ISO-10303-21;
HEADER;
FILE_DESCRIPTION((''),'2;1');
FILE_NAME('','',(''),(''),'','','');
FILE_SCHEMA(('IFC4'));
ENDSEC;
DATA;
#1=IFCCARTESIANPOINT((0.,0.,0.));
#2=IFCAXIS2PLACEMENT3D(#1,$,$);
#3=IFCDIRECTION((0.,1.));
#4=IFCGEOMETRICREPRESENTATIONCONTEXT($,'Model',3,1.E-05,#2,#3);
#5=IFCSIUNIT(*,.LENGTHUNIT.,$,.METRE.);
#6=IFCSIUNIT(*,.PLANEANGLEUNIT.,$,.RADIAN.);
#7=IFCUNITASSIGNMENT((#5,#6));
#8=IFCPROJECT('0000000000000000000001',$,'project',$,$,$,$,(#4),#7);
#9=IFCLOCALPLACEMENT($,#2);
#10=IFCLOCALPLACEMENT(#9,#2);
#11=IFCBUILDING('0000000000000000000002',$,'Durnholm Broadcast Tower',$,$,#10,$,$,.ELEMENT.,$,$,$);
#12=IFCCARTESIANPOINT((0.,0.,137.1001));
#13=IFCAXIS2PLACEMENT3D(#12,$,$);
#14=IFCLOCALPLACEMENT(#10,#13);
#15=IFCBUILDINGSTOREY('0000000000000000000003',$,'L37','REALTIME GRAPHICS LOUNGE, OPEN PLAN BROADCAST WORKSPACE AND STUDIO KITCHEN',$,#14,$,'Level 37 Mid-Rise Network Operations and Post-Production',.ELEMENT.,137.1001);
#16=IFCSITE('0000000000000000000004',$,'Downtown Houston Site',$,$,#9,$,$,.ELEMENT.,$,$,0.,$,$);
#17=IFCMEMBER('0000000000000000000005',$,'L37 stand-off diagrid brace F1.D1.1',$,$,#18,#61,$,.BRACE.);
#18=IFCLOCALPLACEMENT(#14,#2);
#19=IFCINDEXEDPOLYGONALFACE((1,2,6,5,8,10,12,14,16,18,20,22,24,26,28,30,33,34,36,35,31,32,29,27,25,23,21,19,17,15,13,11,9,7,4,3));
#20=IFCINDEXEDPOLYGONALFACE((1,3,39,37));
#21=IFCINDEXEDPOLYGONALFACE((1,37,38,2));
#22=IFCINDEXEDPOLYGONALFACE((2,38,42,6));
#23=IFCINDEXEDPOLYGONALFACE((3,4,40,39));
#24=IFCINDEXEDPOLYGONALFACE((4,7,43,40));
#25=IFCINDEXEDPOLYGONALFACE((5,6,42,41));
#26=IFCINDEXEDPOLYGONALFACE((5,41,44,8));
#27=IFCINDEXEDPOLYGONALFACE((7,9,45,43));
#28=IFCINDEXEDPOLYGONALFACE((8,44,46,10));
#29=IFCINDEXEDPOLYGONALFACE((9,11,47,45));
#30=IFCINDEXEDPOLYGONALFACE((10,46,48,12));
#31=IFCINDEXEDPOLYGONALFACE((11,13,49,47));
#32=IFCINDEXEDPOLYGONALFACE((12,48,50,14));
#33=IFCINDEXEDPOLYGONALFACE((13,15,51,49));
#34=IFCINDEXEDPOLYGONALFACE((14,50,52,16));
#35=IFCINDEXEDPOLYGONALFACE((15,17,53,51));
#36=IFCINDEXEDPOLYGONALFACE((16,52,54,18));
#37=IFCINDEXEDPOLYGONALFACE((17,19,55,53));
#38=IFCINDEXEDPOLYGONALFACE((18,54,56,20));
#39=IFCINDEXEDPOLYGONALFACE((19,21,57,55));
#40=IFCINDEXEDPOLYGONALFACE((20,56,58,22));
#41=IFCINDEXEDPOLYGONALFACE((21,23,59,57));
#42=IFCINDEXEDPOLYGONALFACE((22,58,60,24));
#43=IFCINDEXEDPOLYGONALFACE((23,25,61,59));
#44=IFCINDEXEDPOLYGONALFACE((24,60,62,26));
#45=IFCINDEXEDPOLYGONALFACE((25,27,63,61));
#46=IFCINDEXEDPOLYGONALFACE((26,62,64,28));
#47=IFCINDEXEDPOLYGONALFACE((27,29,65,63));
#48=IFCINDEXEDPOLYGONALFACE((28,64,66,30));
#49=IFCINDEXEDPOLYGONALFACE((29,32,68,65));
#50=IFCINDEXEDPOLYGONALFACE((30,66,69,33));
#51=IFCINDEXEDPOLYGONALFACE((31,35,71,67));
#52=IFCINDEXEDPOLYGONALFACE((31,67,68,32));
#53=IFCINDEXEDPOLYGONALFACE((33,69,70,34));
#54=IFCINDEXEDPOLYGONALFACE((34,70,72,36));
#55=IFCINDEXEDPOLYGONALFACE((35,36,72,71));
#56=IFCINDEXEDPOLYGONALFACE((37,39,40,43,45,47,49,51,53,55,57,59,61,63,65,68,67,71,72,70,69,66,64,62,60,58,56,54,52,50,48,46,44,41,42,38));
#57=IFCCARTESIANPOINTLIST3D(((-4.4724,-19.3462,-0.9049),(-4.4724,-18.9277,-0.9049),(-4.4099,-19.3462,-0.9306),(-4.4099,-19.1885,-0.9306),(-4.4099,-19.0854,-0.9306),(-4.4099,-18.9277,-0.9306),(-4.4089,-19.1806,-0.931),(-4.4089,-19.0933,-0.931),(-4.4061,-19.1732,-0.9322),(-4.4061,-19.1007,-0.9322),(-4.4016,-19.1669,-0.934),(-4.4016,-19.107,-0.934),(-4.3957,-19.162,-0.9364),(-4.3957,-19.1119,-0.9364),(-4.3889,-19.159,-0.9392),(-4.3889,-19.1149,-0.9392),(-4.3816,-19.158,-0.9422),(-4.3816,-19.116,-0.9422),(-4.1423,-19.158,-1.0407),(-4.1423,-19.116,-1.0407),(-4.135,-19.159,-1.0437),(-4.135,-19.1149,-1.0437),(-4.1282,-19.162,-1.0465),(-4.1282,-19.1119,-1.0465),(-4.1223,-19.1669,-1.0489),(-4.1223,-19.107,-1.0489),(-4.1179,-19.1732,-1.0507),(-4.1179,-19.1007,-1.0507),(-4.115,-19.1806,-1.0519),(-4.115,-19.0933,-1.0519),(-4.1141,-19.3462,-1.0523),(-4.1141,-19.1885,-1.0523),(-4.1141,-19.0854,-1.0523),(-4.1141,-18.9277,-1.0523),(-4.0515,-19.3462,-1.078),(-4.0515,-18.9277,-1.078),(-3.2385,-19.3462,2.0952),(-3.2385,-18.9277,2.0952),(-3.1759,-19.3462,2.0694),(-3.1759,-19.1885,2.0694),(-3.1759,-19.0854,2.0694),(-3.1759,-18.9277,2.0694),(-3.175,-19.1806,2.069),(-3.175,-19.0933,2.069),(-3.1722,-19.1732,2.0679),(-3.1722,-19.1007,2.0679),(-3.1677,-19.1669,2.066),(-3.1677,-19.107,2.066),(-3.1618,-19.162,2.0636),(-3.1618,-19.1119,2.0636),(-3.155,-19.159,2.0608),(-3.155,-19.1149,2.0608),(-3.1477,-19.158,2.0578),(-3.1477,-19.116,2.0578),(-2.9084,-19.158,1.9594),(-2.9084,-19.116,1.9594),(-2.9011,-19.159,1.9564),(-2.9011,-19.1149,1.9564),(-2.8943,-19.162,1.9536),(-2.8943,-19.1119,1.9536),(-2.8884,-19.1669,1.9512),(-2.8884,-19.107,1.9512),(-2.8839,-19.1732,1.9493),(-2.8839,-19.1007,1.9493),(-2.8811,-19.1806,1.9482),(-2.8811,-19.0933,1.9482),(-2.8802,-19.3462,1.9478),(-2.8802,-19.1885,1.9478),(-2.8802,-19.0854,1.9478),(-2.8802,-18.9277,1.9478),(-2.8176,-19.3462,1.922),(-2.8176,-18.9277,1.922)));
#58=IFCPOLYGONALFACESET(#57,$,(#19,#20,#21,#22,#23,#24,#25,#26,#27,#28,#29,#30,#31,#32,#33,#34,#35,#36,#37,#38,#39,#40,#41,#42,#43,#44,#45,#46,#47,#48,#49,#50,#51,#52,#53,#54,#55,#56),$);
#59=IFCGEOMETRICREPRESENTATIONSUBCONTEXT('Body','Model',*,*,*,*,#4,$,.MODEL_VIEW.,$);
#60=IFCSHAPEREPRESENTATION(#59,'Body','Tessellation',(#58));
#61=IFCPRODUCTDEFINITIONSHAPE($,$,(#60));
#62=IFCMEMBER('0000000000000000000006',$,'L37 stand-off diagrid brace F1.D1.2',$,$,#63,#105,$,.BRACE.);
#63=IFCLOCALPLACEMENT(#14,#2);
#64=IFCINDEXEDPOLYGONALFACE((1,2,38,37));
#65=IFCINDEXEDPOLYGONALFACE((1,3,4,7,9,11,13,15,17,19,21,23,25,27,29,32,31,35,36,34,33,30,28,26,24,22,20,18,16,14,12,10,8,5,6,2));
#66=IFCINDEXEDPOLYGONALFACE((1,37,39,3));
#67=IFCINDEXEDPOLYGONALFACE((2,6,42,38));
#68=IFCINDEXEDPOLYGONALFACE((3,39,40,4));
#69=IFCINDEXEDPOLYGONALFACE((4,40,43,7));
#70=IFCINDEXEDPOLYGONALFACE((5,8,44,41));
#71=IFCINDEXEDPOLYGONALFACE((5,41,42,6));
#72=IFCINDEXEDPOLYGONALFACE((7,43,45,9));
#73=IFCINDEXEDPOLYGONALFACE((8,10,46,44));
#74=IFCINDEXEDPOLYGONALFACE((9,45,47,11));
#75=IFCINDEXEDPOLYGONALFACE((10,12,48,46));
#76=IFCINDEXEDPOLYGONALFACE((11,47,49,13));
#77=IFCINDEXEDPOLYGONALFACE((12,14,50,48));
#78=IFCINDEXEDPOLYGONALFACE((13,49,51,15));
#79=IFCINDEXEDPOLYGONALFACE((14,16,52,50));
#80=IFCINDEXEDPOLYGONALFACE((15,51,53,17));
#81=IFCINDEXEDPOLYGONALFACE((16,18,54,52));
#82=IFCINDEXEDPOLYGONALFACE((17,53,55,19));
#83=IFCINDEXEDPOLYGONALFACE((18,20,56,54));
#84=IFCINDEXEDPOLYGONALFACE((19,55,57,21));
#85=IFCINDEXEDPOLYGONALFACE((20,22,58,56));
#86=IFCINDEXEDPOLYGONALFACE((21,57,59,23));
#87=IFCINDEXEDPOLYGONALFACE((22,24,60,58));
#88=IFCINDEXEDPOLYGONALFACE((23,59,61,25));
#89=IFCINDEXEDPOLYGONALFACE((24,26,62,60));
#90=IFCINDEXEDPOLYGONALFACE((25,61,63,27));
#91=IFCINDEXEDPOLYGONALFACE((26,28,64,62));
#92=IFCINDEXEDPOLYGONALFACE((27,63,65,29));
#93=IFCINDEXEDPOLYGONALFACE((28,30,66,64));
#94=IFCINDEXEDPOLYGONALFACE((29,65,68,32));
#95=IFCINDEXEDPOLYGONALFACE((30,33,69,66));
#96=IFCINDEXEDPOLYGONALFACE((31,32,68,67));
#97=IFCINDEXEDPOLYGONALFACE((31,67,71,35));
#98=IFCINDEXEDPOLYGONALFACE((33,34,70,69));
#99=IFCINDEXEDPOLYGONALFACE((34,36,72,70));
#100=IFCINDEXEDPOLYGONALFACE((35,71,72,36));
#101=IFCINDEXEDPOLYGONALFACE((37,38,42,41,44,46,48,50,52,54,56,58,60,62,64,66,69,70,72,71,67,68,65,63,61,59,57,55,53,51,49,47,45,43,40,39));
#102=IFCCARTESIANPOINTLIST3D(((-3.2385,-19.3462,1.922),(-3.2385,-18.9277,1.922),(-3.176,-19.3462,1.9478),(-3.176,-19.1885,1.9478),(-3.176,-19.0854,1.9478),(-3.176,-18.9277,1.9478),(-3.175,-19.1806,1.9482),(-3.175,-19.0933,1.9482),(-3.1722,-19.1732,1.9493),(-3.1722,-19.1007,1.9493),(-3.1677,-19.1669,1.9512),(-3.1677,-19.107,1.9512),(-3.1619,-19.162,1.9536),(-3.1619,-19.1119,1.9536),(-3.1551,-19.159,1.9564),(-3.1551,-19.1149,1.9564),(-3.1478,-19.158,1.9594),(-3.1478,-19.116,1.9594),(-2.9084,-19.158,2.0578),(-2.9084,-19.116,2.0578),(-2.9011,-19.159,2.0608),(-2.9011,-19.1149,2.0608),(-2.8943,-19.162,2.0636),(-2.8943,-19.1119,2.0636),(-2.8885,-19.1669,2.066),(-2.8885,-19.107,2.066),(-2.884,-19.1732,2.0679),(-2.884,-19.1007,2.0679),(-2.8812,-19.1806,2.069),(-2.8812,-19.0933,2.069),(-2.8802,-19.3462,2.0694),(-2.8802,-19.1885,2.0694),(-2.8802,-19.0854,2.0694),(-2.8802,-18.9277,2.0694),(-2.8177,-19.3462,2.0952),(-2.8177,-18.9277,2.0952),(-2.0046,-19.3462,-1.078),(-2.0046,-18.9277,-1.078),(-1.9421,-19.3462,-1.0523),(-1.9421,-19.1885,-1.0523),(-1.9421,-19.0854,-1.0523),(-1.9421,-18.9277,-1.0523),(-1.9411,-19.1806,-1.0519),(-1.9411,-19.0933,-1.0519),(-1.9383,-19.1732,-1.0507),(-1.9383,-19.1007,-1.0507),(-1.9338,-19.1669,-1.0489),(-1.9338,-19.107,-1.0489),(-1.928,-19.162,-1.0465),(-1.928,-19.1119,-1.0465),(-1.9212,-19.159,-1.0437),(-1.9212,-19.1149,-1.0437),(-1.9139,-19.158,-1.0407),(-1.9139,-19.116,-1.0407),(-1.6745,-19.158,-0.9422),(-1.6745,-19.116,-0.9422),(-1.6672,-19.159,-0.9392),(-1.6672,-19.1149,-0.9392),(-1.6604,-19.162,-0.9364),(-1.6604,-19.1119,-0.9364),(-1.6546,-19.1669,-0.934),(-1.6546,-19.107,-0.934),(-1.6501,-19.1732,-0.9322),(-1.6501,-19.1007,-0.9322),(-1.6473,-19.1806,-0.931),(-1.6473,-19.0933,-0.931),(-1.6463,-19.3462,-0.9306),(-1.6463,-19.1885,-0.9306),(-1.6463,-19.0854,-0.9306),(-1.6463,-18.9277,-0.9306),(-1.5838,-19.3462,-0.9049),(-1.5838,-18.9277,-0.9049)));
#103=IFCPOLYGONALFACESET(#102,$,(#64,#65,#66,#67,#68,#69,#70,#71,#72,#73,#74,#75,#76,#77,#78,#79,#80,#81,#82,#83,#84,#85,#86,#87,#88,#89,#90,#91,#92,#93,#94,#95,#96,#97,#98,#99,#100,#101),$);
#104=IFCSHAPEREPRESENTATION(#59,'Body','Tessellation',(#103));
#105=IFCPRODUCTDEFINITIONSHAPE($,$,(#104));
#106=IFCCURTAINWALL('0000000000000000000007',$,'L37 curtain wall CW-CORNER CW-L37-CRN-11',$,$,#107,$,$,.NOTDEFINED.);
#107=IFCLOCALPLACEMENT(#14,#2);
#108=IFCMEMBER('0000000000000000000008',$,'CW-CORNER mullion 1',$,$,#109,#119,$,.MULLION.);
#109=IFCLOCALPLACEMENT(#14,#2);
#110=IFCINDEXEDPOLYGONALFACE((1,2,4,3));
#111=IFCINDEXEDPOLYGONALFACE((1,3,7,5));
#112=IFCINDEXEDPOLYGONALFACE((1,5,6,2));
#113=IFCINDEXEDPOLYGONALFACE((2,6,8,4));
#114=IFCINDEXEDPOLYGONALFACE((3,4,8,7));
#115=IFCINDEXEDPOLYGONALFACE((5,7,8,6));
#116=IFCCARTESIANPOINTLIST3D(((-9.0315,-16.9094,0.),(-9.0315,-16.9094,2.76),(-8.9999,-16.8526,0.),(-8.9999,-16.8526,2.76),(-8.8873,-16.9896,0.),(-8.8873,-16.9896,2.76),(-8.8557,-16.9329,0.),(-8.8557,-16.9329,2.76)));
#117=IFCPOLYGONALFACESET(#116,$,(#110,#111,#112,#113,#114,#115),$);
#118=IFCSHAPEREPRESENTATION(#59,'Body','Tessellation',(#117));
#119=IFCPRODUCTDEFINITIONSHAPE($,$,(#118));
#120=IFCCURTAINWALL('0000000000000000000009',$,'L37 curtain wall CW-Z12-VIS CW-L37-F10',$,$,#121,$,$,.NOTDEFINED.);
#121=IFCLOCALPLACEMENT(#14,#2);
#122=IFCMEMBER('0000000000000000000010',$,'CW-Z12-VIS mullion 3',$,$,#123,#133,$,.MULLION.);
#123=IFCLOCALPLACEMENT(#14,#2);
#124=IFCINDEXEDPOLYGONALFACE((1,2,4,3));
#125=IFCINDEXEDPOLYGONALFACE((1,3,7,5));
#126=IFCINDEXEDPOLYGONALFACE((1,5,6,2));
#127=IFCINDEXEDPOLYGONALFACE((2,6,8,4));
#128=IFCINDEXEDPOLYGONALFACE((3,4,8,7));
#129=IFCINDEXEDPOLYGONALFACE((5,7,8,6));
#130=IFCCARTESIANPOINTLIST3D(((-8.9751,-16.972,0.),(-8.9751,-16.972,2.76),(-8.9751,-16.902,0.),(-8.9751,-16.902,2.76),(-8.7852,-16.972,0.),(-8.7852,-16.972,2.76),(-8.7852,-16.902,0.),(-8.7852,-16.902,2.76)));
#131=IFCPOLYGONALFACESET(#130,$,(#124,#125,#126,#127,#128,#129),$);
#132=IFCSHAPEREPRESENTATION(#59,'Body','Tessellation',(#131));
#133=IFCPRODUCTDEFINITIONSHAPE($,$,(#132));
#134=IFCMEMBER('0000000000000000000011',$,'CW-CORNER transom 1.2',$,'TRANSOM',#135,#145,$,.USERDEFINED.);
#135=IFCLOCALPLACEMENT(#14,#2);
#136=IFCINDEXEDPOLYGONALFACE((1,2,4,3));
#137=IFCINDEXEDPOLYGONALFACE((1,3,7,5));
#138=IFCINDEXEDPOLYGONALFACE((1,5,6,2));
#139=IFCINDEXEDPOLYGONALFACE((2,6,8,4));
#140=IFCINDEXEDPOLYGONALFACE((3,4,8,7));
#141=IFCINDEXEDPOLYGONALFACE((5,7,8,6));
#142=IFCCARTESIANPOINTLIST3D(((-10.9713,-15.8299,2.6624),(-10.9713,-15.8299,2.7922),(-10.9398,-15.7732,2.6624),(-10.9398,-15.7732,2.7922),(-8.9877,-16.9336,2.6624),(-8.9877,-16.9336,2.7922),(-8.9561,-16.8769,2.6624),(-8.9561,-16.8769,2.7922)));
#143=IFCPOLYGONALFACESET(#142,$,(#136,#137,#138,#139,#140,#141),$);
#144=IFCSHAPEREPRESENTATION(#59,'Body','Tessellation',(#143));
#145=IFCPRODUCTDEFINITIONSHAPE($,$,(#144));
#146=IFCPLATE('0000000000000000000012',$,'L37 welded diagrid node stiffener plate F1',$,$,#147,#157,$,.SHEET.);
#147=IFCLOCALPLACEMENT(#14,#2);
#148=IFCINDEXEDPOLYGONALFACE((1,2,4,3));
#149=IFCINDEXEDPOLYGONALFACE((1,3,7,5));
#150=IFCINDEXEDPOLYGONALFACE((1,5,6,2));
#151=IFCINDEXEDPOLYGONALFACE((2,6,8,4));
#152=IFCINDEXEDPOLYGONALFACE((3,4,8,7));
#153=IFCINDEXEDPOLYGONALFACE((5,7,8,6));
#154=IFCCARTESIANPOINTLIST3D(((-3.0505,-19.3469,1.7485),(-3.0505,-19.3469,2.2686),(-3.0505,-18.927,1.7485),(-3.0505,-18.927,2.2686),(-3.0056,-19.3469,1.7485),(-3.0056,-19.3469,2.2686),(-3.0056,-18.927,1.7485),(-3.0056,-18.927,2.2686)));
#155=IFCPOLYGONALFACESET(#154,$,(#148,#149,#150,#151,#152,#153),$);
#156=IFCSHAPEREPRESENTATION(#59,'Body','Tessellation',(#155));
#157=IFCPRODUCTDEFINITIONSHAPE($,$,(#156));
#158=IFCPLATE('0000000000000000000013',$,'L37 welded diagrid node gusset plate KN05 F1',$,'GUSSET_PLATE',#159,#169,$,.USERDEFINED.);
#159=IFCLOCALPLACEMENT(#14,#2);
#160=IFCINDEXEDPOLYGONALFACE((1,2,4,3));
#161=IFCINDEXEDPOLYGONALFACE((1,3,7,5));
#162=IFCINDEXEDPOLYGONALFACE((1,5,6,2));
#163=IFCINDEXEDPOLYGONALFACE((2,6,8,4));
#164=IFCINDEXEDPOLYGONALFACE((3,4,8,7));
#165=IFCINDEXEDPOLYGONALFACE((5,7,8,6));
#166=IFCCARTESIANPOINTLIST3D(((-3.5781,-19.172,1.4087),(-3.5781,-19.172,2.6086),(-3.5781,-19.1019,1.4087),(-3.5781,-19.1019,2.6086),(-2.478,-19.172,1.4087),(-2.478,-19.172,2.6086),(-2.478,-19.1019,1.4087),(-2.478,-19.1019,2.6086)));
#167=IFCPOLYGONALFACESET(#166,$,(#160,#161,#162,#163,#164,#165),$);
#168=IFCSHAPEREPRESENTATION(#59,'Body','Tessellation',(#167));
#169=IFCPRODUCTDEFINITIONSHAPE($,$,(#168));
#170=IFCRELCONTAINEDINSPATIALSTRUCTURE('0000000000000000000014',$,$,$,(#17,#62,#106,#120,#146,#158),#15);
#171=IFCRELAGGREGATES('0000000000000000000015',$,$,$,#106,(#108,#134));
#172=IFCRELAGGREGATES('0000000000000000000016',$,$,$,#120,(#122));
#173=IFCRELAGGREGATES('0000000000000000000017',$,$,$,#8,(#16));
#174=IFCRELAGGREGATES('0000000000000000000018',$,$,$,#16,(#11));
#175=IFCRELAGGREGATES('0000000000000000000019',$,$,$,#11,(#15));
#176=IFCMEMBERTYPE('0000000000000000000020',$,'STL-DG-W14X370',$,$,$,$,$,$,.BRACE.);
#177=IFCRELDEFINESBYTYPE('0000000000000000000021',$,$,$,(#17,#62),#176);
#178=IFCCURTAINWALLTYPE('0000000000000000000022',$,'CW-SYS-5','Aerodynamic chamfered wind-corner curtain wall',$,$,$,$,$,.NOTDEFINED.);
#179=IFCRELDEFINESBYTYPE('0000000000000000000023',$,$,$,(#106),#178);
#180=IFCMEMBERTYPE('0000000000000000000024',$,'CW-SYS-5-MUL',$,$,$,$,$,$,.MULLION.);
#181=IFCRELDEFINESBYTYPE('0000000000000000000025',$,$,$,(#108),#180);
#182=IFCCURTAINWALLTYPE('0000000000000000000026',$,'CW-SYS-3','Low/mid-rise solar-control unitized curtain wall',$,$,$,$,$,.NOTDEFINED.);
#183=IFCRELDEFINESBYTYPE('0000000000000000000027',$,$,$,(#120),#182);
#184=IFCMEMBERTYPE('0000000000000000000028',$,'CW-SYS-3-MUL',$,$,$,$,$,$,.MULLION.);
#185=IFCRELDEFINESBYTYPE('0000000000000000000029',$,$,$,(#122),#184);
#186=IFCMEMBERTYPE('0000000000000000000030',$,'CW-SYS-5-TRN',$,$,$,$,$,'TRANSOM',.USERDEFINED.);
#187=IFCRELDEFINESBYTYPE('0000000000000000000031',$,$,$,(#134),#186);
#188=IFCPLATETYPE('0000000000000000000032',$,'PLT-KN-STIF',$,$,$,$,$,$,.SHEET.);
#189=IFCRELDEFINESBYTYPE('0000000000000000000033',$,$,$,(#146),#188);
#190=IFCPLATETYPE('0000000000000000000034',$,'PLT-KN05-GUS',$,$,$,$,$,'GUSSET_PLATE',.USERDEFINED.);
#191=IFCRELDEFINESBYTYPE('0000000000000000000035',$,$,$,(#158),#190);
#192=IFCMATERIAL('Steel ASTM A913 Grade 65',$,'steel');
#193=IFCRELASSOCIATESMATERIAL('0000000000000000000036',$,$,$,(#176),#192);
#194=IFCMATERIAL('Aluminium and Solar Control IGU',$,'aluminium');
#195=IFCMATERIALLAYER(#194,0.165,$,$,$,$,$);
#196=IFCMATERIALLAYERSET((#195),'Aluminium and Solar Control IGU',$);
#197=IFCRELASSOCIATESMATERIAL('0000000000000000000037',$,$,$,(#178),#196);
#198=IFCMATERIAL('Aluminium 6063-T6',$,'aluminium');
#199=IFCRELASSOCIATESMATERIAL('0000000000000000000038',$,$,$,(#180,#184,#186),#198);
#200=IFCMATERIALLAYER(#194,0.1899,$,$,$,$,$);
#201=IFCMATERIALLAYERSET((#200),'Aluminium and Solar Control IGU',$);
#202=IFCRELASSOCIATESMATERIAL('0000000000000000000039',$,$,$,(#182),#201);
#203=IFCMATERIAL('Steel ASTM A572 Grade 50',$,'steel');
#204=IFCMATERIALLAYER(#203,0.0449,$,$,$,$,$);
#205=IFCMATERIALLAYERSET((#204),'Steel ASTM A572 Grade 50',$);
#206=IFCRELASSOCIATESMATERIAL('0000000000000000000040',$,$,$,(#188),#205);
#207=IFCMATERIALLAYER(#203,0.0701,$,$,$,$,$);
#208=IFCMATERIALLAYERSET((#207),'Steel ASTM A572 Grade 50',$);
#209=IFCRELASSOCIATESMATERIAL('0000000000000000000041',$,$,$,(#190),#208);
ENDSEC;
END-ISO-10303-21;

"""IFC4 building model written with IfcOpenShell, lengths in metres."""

from ifc_helpers import new_model, si_unit, direction, frame, origin, origin_2d, place, context, subcontext, project, spatial, rectangle, i_section, extrude, source, transform, mapped, material, layer, layer_set, material_profile, profile_set, type_object, type_shapes, element, aggregate, save


model = new_model("IFC4")

# Units and contexts
model_context = context("Model", 3, precision=1e-05, world=origin(), true_north=direction((0.0, 1.0)))
body_context = subcontext(model_context, "Body", "Model", "MODEL_VIEW")
ifc_project = project(units=[si_unit("LENGTHUNIT", "METRE"), si_unit("PLANEANGLEUNIT", "RADIAN")], contexts=[model_context])

# Site, building, storey
site_placement = place(None, origin())
site = spatial("IfcSite", under=ifc_project, at=site_placement, Name="Downtown Houston Site", CompositionType="ELEMENT", RefElevation=0.0)
building_placement = place(site_placement, origin())
building = spatial("IfcBuilding", under=site, at=building_placement, Name="Durnholm Broadcast Tower", CompositionType="ELEMENT")
storey_placement = place(building_placement, frame((0.0, 0.0, 137.1001)))
storey = spatial("IfcBuildingStorey", under=building, at=storey_placement, Name="L37", Description="REALTIME GRAPHICS LOUNGE, OPEN PLAN BROADCAST WORKSPACE AND STUDIO KITCHEN", LongName="Level 37 Mid-Rise Network Operations and Post-Production", CompositionType="ELEMENT", Elevation=137.1001)

# Members
ifc_material_1 = material(Name="Steel ASTM A913 Grade 65", Category="steel")
ifc_material_profile_1 = material_profile(ifc_material_1, i_section(OverallWidth=0.4185, OverallDepth=0.4551, WebThickness=0.042, FlangeThickness=0.0676, FilletRadius=0.0305, at=origin_2d()), Name="W14X370")
ifc_profile_set_1 = profile_set([ifc_material_profile_1], Name="Steel ASTM A913 Grade 65")
member_type_1 = type_object("IfcMemberType", Name="STL-DG-W14X370", PredefinedType="BRACE", material=ifc_profile_set_1)
shared_shape_1 = source(origin(), body_context, "Body", "SweptSolid", [
    extrude(i_section(OverallWidth=0.4185, OverallDepth=0.4551, WebThickness=0.042, FlangeThickness=0.0676, FilletRadius=0.0305, at=origin_2d()), origin(), (0.0, 0.0, 1.0), 3.2439),
])
type_shapes(member_type_1, [shared_shape_1])
for number, where, z_axis, x_axis, name in (
    (1, (-4.262, -19.137, -0.9915), (0.380379, 0.0, 0.924831), (0.0, 1.0, 0.0), "L37 stand-off diagrid brace F1.D1.1"),
    (2, (-1.7942, -19.137, -0.9915), (-0.380379, 0.0, 0.924831), (0.0, -1.0, 0.0), "L37 stand-off diagrid brace F1.D1.2"),
):
    element("IfcMember", number, at=place(storey_placement, frame(where, z_axis=z_axis, x_axis=x_axis)), inside=storey, type_object=member_type_1, Name=name, PredefinedType="BRACE", context=body_context, shape_type="MappedRepresentation", body=[
        mapped(shared_shape_1, transform((0.0, 0.0, 0.0), x_axis=(1.0, 0.0, 0.0), y_axis=(0.0, 1.0, 0.0), z_axis=(0.0, 0.0, 1.0), scale=1.0)),
    ])

# Curtain walls, members
ifc_material_2 = material(Name="Aluminium and Solar Control IGU", Category="aluminium")
ifc_layer_1 = layer(ifc_material_2, 0.165)
ifc_layer_set_1 = layer_set([ifc_layer_1], Name="Aluminium and Solar Control IGU")
curtain_wall_type_1 = type_object("IfcCurtainWallType", Name="CW-SYS-5", Description="Aerodynamic chamfered wind-corner curtain wall", PredefinedType="NOTDEFINED", material=ifc_layer_set_1)
curtain_wall_1_placement = place(storey_placement, origin())
curtain_wall_1 = element("IfcCurtainWall", 3, at=curtain_wall_1_placement, inside=storey, type_object=curtain_wall_type_1, Name="L37 curtain wall CW-CORNER CW-L37-CRN-11", PredefinedType="NOTDEFINED")
ifc_material_3 = material(Name="Aluminium 6063-T6", Category="aluminium")
ifc_material_profile_2 = material_profile(ifc_material_3, rectangle(XDim=0.0649, YDim=0.165, at=origin_2d()), Name="CWM65X165")
ifc_profile_set_2 = profile_set([ifc_material_profile_2], Name="Aluminium 6063-T6")
member_type_2 = type_object("IfcMemberType", Name="CW-SYS-5-MUL", PredefinedType="MULLION", material=ifc_profile_set_2)
shared_shape_2 = source(origin(), body_context, "Body", "SweptSolid", [
    extrude(rectangle(XDim=0.0649, YDim=0.165, at=origin_2d()), origin(), (0.0, 0.0, 1.0), 2.76),
])
type_shapes(member_type_2, [shared_shape_2])
member_1_placement = place(storey_placement, frame((-8.9436, -16.9211, 0.0), z_axis=(0.0, 0.0, 1.0), x_axis=(-0.486244, -0.873823, 0.0)))
member_1 = element("IfcMember", 4, at=member_1_placement, type_object=member_type_2, Name="CW-CORNER mullion 1", PredefinedType="MULLION", context=body_context, shape_type="MappedRepresentation", body=[
    mapped(shared_shape_2, transform((0.0, 0.0, 0.0), x_axis=(1.0, 0.0, 0.0), y_axis=(0.0, 1.0, 0.0), z_axis=(0.0, 0.0, 1.0), scale=1.0)),
])
ifc_layer_2 = layer(ifc_material_2, 0.1899)
ifc_layer_set_2 = layer_set([ifc_layer_2], Name="Aluminium and Solar Control IGU")
curtain_wall_type_2 = type_object("IfcCurtainWallType", Name="CW-SYS-3", Description="Low/mid-rise solar-control unitized curtain wall", PredefinedType="NOTDEFINED", material=ifc_layer_set_2)
curtain_wall_2_placement = place(storey_placement, origin())
curtain_wall_2 = element("IfcCurtainWall", 5, at=curtain_wall_2_placement, inside=storey, type_object=curtain_wall_type_2, Name="L37 curtain wall CW-Z12-VIS CW-L37-F10", PredefinedType="NOTDEFINED")
ifc_material_profile_3 = material_profile(ifc_material_3, rectangle(XDim=0.0701, YDim=0.1899, at=origin_2d()), Name="CWM70X190")
ifc_profile_set_3 = profile_set([ifc_material_profile_3], Name="Aluminium 6063-T6")
member_type_3 = type_object("IfcMemberType", Name="CW-SYS-3-MUL", PredefinedType="MULLION", material=ifc_profile_set_3)
shared_shape_3 = source(origin(), body_context, "Body", "SweptSolid", [
    extrude(rectangle(XDim=0.0701, YDim=0.1899, at=origin_2d()), origin(), (0.0, 0.0, 1.0), 2.76),
])
type_shapes(member_type_3, [shared_shape_3])
member_2_placement = place(storey_placement, frame((-8.8801, -16.937, 0.0), z_axis=(0.0, 0.0, 1.0), x_axis=(0.0, -1.0, 0.0)))
member_2 = element("IfcMember", 6, at=member_2_placement, type_object=member_type_3, Name="CW-Z12-VIS mullion 3", PredefinedType="MULLION", context=body_context, shape_type="MappedRepresentation", body=[
    mapped(shared_shape_3, transform((0.0, 0.0, 0.0), x_axis=(1.0, 0.0, 0.0), y_axis=(0.0, 1.0, 0.0), z_axis=(0.0, 0.0, 1.0), scale=1.0)),
])

# Member
ifc_material_profile_4 = material_profile(ifc_material_3, rectangle(XDim=0.0649, YDim=0.1299, at=origin_2d()), Name="CWT65X130")
ifc_profile_set_4 = profile_set([ifc_material_profile_4], Name="Aluminium 6063-T6")
member_type_4 = type_object("IfcMemberType", Name="CW-SYS-5-TRN", ElementType="TRANSOM", PredefinedType="USERDEFINED", material=ifc_profile_set_4)
shared_shape_4 = source(origin(), body_context, "Body", "SweptSolid", [
    extrude(rectangle(XDim=0.0649, YDim=0.1299, at=origin_2d()), origin(), (0.0, 0.0, 1.0), 2.27),
])
type_shapes(member_type_4, [shared_shape_4])
member_3_placement = place(storey_placement, frame((-8.9719, -16.9053, 2.7273), z_axis=(-0.873832, 0.486227, 0.0), x_axis=(-0.486227, -0.873832, 0.0)))
member_3 = element("IfcMember", 7, at=member_3_placement, type_object=member_type_4, Name="CW-CORNER transom 1.2", ObjectType="TRANSOM", PredefinedType="USERDEFINED", context=body_context, shape_type="MappedRepresentation", body=[
    mapped(shared_shape_4, transform((0.0, 0.0, 0.0), x_axis=(1.0, 0.0, 0.0), y_axis=(0.0, 1.0, 0.0), z_axis=(0.0, 0.0, 1.0), scale=1.0)),
])
aggregate(curtain_wall_1, [member_1, member_3])

# Plates
ifc_material_4 = material(Name="Steel ASTM A572 Grade 50", Category="steel")
ifc_layer_3 = layer(ifc_material_4, 0.0449)
ifc_layer_set_3 = layer_set([ifc_layer_3], Name="Steel ASTM A572 Grade 50")
plate_type_1 = type_object("IfcPlateType", Name="PLT-KN-STIF", PredefinedType="SHEET", material=ifc_layer_set_3)
shared_shape_5 = source(origin(), body_context, "Body", "SweptSolid", [
    extrude(rectangle(XDim=0.0449, YDim=0.4199, at=origin_2d()), origin(), (0.0, 0.0, 1.0), 0.52),
])
type_shapes(plate_type_1, [shared_shape_5])
plate_1_placement = place(storey_placement, frame((-3.0281, -19.137, 1.7485), z_axis=(0.0, 0.0, 1.0), x_axis=(1.0, 0.0, 0.0)))
element("IfcPlate", 8, at=plate_1_placement, inside=storey, type_object=plate_type_1, Name="L37 welded diagrid node stiffener plate F1", PredefinedType="SHEET", context=body_context, shape_type="MappedRepresentation", body=[
    mapped(shared_shape_5, transform((0.0, 0.0, 0.0), x_axis=(1.0, 0.0, 0.0), y_axis=(0.0, 1.0, 0.0), z_axis=(0.0, 0.0, 1.0), scale=1.0)),
])
ifc_layer_4 = layer(ifc_material_4, 0.0701)
ifc_layer_set_4 = layer_set([ifc_layer_4], Name="Steel ASTM A572 Grade 50")
plate_type_2 = type_object("IfcPlateType", Name="PLT-KN05-GUS", ElementType="GUSSET_PLATE", PredefinedType="USERDEFINED", material=ifc_layer_set_4)
shared_shape_6 = source(origin(), body_context, "Body", "SweptSolid", [
    extrude(rectangle(XDim=1.1001, YDim=0.0701, at=origin_2d()), origin(), (0.0, 0.0, 1.0), 1.2),
])
type_shapes(plate_type_2, [shared_shape_6])
plate_2_placement = place(storey_placement, frame((-3.0281, -19.137, 1.4087), z_axis=(0.0, 0.0, 1.0), x_axis=(1.0, 0.0, 0.0)))
element("IfcPlate", 9, at=plate_2_placement, inside=storey, type_object=plate_type_2, Name="L37 welded diagrid node gusset plate KN05 F1", ObjectType="GUSSET_PLATE", PredefinedType="USERDEFINED", context=body_context, shape_type="MappedRepresentation", body=[
    mapped(shared_shape_6, transform((0.0, 0.0, 0.0), x_axis=(1.0, 0.0, 0.0), y_axis=(0.0, 1.0, 0.0), z_axis=(0.0, 0.0, 1.0), scale=1.0)),
])

aggregate(curtain_wall_2, [member_2])

save(model, "model.ifc")
